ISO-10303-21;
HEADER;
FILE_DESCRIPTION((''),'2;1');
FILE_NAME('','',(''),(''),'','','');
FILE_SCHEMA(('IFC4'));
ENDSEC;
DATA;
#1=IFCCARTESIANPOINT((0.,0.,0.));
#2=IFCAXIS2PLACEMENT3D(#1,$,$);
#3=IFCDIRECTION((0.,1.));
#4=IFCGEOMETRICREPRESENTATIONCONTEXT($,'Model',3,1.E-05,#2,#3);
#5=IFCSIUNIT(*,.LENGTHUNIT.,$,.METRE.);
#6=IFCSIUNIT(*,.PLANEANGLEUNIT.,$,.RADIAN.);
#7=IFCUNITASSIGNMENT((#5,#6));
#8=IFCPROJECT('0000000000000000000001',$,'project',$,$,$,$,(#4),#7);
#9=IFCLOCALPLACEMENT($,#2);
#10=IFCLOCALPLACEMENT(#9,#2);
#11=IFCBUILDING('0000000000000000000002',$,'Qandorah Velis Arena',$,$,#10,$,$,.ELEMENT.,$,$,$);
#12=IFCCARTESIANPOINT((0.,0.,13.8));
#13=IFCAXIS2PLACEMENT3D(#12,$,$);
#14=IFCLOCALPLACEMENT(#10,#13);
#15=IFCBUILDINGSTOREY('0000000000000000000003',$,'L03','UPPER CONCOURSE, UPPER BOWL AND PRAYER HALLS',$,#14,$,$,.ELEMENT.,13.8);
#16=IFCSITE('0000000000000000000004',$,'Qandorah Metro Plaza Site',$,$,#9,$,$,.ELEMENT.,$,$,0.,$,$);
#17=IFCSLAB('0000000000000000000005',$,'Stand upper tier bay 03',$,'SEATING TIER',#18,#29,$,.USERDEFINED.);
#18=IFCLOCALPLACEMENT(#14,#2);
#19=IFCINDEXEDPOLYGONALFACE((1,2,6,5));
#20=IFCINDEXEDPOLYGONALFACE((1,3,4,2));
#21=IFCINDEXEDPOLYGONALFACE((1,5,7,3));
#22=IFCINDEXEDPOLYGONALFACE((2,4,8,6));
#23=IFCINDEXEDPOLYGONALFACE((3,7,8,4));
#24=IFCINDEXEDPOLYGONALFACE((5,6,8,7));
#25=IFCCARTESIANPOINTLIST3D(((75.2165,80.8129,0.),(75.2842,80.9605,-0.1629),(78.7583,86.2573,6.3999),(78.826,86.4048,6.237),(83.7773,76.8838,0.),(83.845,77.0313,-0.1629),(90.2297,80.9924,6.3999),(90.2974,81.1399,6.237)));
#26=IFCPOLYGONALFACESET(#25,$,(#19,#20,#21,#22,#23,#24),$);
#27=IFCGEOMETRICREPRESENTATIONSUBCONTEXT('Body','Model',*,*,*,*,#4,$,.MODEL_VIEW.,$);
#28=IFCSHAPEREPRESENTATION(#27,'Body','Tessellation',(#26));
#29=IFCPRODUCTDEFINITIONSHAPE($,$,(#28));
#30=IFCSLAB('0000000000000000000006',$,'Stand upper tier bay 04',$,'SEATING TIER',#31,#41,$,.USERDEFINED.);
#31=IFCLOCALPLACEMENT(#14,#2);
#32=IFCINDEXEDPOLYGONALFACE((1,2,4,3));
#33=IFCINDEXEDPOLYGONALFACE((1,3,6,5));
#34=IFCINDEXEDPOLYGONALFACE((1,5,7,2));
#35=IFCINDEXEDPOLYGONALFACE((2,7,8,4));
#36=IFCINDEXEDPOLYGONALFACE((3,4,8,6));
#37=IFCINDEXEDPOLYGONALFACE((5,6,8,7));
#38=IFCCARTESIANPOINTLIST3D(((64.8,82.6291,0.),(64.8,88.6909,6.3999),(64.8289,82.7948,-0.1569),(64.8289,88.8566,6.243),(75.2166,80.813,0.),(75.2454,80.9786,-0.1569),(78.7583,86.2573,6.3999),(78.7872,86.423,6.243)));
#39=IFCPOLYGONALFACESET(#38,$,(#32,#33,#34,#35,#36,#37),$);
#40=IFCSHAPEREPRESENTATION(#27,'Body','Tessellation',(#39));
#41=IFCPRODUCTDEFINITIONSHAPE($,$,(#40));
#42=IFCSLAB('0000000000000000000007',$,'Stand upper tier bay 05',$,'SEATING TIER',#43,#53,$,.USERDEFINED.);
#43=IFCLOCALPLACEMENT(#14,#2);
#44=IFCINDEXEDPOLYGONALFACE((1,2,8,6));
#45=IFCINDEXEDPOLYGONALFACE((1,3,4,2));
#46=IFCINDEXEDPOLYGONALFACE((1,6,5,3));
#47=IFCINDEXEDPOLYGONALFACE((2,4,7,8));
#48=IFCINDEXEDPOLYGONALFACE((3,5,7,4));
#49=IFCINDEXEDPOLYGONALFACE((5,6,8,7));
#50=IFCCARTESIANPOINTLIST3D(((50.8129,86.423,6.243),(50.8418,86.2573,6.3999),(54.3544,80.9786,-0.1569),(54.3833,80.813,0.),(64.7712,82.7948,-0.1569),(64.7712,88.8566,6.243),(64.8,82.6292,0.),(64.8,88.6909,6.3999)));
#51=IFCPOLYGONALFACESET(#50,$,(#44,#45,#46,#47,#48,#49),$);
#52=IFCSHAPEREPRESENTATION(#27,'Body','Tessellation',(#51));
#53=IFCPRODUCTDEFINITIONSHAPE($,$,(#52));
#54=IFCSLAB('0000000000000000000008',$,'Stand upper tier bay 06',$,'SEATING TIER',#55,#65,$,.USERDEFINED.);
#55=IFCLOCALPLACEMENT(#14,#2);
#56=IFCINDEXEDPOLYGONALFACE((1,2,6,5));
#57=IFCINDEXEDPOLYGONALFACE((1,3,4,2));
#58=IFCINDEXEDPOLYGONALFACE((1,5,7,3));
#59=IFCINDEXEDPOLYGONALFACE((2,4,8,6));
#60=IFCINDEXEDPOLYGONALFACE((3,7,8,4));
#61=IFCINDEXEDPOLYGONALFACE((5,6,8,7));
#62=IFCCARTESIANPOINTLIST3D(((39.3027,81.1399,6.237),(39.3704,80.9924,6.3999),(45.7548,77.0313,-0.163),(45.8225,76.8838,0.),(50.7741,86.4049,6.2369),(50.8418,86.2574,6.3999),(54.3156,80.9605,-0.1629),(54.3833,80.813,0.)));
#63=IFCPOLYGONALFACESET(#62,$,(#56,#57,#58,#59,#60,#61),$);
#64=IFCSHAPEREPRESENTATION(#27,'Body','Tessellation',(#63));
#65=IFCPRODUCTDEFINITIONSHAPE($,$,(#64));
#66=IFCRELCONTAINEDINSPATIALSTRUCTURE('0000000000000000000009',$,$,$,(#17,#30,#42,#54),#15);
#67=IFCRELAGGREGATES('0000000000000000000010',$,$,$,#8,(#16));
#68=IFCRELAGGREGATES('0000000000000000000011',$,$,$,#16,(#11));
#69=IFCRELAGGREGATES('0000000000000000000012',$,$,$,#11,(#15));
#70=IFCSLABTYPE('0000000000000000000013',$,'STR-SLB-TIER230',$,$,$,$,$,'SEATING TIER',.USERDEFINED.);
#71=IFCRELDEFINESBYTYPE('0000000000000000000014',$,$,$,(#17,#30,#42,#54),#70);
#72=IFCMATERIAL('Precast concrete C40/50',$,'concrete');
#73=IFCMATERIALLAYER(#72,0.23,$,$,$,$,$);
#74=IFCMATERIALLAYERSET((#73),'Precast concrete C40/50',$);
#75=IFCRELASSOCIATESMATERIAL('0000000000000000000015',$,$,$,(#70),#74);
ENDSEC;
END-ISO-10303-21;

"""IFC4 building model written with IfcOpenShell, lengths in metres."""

from ifc_helpers import new_model, si_unit, direction, frame, origin, place, context, subcontext, project, spatial, polyline, outline, extrude, material, layer, layer_set, type_object, element, save


model = new_model("IFC4")

# Units and contexts
model_context = context("Model", 3, precision=1e-05, world=origin(), true_north=direction((0.0, 1.0)))
body_context = subcontext(model_context, "Body", "Model", "MODEL_VIEW")
ifc_project = project(units=[si_unit("LENGTHUNIT", "METRE"), si_unit("PLANEANGLEUNIT", "RADIAN")], contexts=[model_context])

# Site, building, storey
site_placement = place(None, origin())
site = spatial("IfcSite", under=ifc_project, at=site_placement, Name="Qandorah Metro Plaza Site", CompositionType="ELEMENT", RefElevation=0.0)
building_placement = place(site_placement, origin())
building = spatial("IfcBuilding", under=site, at=building_placement, Name="Qandorah Velis Arena", CompositionType="ELEMENT")
storey_placement = place(building_placement, frame((0.0, 0.0, 13.8)))
storey = spatial("IfcBuildingStorey", under=building, at=storey_placement, Name="L03", Description="UPPER CONCOURSE, UPPER BOWL AND PRAYER HALLS", CompositionType="ELEMENT", Elevation=13.8)

# Slabs
ifc_material_1 = material(Name="Precast concrete C40/50", Category="concrete")
ifc_layer = layer(ifc_material_1, 0.23)
ifc_layer_set = layer_set([ifc_layer], Name="Precast concrete C40/50")
slab_type = type_object("IfcSlabType", Name="STR-SLB-TIER230", ElementType="SEATING TIER", PredefinedType="USERDEFINED", material=ifc_layer_set)
slab_1_placement = place(storey_placement, frame((83.7773, 76.8838, 0.0), z_axis=(-0.294365, -0.641367, 0.708518), x_axis=(-0.908845, 0.417133, 0.000005)))
element("IfcSlab", 1, at=slab_1_placement, inside=storey, type_object=slab_type, Name="Stand upper tier bay 03", ObjectType="SEATING TIER", PredefinedType="USERDEFINED", context=body_context, shape_type="SweptSolid", body=[
    extrude(outline(polyline([(0.0, 0.0), (9.4194, 0.0), (8.4716, -9.0689), (-4.1503, -9.0691), (0.0, 0.0)])), origin(), (0.0, 0.0, -1.0), 0.23),
])
slab_2_placement = place(storey_placement, frame((75.2166, 80.813, 0.0), z_axis=(-0.125581, -0.720276, 0.682225), x_axis=(-0.985139, 0.171761, 0.000002)))
element("IfcSlab", 2, at=slab_2_placement, inside=storey, type_object=slab_type, Name="Stand upper tier bay 04", ObjectType="SEATING TIER", PredefinedType="USERDEFINED", context=body_context, shape_type="SweptSolid", body=[
    extrude(outline(polyline([(0.0, 0.0), (10.5736, 0.0), (11.6148, -8.7533), (-2.554, -8.7533), (0.0, 0.0)])), origin(), (0.0, 0.0, -1.0), 0.23),
])
slab_3_placement = place(storey_placement, frame((64.8, 82.6292, 0.0), z_axis=(0.12558, -0.720278, 0.682224), x_axis=(-0.985139, -0.171759, -0.000001)))
element("IfcSlab", 3, at=slab_3_placement, inside=storey, type_object=slab_type, Name="Stand upper tier bay 05", ObjectType="SEATING TIER", PredefinedType="USERDEFINED", context=body_context, shape_type="SweptSolid", body=[
    extrude(outline(polyline([(0.0, 0.0), (10.5739, 0.0), (13.1276, -8.7533), (-1.0412, -8.7533), (0.0, 0.0)])), origin(), (0.0, 0.0, -1.0), 0.23),
])
slab_4_placement = place(storey_placement, frame((54.3833, 80.813, 0.0), z_axis=(0.294367, -0.641372, 0.708512), x_axis=(-0.908845, -0.417133, -0.000005)))
element("IfcSlab", 4, at=slab_4_placement, inside=storey, type_object=slab_type, Name="Stand upper tier bay 06", ObjectType="SEATING TIER", PredefinedType="USERDEFINED", context=body_context, shape_type="SweptSolid", body=[
    extrude(outline(polyline([(0.0, 0.0), (9.4194, 0.0), (13.5696, -9.069), (0.9476, -9.0688), (0.0, 0.0)])), origin(), (0.0, 0.0, -1.0), 0.23),
])

save(model, "model.ifc")
